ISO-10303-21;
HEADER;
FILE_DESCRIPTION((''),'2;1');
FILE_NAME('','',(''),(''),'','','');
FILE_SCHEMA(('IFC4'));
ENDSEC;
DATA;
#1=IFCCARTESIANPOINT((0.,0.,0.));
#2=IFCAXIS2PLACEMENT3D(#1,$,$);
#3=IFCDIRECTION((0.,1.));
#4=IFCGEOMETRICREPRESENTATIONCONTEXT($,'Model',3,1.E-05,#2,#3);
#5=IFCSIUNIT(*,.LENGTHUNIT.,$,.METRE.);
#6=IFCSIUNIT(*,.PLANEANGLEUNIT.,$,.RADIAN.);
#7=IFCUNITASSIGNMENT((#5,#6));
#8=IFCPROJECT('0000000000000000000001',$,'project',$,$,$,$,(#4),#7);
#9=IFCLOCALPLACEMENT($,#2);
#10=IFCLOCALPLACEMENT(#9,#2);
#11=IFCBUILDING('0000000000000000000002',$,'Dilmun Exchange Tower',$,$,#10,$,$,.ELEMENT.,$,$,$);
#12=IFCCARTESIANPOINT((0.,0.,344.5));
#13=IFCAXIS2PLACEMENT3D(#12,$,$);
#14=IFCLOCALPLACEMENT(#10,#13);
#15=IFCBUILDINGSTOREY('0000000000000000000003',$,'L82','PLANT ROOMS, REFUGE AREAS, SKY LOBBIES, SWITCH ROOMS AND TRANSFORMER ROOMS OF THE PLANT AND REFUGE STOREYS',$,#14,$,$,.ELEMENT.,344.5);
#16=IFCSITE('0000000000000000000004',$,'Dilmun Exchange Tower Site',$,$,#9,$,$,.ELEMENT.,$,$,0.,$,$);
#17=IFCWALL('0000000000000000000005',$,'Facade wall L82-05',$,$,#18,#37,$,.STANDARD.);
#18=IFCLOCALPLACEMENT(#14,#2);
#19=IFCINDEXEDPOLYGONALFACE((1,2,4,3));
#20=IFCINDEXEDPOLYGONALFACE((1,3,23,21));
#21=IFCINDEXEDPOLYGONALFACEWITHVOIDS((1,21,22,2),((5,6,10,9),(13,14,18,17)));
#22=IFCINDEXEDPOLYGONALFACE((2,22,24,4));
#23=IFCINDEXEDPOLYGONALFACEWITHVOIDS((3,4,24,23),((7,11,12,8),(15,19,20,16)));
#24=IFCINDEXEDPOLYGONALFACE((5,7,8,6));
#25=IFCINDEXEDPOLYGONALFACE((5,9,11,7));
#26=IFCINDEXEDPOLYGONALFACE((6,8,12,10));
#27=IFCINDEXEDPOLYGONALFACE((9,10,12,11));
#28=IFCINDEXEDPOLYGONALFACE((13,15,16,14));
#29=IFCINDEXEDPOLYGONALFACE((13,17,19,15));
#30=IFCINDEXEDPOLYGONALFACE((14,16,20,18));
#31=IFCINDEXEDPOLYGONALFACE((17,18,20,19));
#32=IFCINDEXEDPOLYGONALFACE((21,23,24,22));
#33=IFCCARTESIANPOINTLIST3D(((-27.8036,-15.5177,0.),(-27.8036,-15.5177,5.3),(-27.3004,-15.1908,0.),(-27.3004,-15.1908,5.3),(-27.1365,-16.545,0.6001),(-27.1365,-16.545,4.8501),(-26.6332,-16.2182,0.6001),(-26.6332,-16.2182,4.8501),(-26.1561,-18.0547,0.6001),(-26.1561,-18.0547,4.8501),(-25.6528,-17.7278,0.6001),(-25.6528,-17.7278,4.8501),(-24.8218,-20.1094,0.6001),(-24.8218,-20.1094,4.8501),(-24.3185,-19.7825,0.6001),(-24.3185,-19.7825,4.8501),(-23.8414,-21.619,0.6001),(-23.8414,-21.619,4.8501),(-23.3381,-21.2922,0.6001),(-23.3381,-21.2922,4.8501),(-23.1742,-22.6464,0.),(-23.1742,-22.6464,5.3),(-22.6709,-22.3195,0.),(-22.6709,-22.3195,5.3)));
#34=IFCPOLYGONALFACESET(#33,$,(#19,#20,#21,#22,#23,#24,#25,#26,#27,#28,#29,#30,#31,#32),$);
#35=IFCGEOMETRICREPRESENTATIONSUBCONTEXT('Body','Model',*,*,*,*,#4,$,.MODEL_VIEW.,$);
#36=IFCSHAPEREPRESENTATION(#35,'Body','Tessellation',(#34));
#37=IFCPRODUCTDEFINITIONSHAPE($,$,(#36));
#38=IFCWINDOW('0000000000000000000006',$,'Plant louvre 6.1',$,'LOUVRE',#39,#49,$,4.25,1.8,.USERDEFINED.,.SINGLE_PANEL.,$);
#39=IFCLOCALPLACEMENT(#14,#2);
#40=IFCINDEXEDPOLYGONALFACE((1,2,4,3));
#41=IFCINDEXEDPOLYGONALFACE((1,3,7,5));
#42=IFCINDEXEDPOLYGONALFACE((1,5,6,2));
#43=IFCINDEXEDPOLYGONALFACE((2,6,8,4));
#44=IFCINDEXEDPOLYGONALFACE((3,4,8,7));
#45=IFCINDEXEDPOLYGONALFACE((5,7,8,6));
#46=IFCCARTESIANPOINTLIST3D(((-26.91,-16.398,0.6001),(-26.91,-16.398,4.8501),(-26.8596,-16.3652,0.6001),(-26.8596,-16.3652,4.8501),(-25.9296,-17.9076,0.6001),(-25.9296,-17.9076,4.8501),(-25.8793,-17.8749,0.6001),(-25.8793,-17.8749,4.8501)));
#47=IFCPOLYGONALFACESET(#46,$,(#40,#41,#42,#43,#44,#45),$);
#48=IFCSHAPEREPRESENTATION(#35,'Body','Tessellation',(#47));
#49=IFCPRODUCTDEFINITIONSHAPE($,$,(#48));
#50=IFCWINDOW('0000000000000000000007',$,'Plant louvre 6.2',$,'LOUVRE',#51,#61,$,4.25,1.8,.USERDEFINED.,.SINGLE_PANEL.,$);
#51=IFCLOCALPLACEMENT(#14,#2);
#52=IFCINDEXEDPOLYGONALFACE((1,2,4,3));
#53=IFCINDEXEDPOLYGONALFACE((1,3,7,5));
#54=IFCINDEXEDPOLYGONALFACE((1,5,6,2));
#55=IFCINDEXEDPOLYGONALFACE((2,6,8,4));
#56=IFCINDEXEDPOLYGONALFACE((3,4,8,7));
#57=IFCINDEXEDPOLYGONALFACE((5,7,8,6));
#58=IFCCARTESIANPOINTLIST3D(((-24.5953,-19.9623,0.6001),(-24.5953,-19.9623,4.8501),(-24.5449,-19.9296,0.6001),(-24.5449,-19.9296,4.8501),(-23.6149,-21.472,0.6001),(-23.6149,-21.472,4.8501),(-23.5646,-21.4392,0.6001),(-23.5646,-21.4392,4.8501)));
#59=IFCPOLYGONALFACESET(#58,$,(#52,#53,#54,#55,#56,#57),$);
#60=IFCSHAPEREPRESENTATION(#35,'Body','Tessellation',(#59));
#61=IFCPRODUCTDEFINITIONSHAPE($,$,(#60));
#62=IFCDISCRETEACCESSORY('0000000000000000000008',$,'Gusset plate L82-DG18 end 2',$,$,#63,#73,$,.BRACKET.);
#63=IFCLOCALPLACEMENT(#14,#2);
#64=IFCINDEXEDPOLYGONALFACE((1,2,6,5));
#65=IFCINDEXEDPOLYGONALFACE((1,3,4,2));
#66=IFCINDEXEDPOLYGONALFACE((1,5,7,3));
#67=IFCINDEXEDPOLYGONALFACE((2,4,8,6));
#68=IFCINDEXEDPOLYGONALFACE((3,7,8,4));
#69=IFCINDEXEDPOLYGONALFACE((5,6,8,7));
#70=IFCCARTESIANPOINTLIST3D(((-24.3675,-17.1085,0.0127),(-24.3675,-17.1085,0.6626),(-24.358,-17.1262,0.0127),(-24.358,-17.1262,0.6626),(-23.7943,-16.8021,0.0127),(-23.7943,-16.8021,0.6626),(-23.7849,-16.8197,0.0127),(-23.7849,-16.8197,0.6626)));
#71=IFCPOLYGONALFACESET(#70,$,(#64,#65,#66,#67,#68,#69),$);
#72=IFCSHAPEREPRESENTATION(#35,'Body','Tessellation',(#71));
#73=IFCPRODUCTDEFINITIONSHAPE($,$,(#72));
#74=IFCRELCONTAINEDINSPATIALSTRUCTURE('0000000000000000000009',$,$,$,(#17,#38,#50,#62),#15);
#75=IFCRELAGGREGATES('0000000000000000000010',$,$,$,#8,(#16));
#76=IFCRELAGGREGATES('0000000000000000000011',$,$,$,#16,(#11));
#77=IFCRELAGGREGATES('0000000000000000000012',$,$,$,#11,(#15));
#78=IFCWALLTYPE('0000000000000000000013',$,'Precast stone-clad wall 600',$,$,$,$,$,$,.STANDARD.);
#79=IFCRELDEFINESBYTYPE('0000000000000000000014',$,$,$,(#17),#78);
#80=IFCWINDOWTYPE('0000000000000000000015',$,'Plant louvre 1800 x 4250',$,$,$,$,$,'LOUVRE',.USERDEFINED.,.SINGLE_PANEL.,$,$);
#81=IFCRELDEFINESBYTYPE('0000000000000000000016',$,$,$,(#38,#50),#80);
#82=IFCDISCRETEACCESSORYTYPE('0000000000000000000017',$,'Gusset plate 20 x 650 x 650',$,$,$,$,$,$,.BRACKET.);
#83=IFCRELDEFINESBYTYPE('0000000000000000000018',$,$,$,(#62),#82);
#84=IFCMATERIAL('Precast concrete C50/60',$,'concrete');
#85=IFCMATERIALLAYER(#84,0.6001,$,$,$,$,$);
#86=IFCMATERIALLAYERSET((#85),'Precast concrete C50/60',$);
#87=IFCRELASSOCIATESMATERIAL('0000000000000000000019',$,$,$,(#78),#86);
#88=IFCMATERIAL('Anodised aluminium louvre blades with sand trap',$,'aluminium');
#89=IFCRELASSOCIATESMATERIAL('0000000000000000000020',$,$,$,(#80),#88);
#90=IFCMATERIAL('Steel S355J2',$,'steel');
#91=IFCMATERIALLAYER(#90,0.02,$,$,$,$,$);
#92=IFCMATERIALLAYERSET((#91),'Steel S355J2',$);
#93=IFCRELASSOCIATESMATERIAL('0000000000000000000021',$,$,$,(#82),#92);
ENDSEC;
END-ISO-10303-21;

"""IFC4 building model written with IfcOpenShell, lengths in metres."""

from ifc_helpers import new_model, si_unit, direction, frame, frame_2d, origin, origin_2d, place, context, subcontext, project, spatial, rectangle, extrude, material, layer, layer_set, type_object, element, fill, save


model = new_model("IFC4")

# Units and contexts
model_context = context("Model", 3, precision=1e-05, world=origin(), true_north=direction((0.0, 1.0)))
body_context = subcontext(model_context, "Body", "Model", "MODEL_VIEW")
ifc_project = project(units=[si_unit("LENGTHUNIT", "METRE"), si_unit("PLANEANGLEUNIT", "RADIAN")], contexts=[model_context])

# Site, building, storey
site_placement = place(None, origin())
site = spatial("IfcSite", under=ifc_project, at=site_placement, Name="Dilmun Exchange Tower Site", CompositionType="ELEMENT", RefElevation=0.0)
building_placement = place(site_placement, origin())
building = spatial("IfcBuilding", under=site, at=building_placement, Name="Dilmun Exchange Tower", CompositionType="ELEMENT")
storey_placement = place(building_placement, frame((0.0, 0.0, 344.5)))
storey = spatial("IfcBuildingStorey", under=building, at=storey_placement, Name="L82", Description="PLANT ROOMS, REFUGE AREAS, SKY LOBBIES, SWITCH ROOMS AND TRANSFORMER ROOMS OF THE PLANT AND REFUGE STOREYS", CompositionType="ELEMENT", Elevation=344.5)

# Shared definitions
ifc_material_1 = material(Name="Precast concrete C50/60", Category="concrete")
ifc_layer_1 = layer(ifc_material_1, 0.6001)
ifc_layer_set_1 = layer_set([ifc_layer_1], Name="Precast concrete C50/60")
wall_type_1 = type_object("IfcWallType", Name="Precast stone-clad wall 600", PredefinedType="STANDARD", material=ifc_layer_set_1)
ifc_material_2 = material(Name="Anodised aluminium louvre blades with sand trap", Category="aluminium")
window_type_1 = type_object("IfcWindowType", Name="Plant louvre 1800 x 4250", ElementType="LOUVRE", PartitioningType="SINGLE_PANEL", PredefinedType="USERDEFINED", material=ifc_material_2)

# Wall, openings, windows
wall_1_placement = place(storey_placement, frame((-27.552, -15.3542, 0.0), z_axis=(0.0, 0.0, 1.0), x_axis=(0.544638, -0.838671, 0.0)))
wall_1 = element("IfcWall", 1, at=wall_1_placement, inside=storey, type_object=wall_type_1, Name="Facade wall L82-05", PredefinedType="STANDARD", context=body_context, shape_type="SweptSolid", body=[
    extrude(rectangle(XDim=8.5, YDim=0.6001, at=frame_2d((4.25, 0.0))), origin(), (0.0, 0.0, 1.0), 5.3),
])
opening_1_placement = place(wall_1_placement, frame((1.2251, 0.0, 0.6001)))
opening_1 = element("IfcOpeningElement", 2, at=opening_1_placement, cuts=wall_1, PredefinedType="OPENING", context=body_context, shape_type="SweptSolid", body=[
    extrude(rectangle(XDim=1.8, YDim=4.25, at=frame_2d((0.8999, 2.125))), frame((0.0, 0.3101, 0.0), z_axis=(0.0, -1.0, 0.0), x_axis=(1.0, 0.0, 0.0)), (0.0, 0.0, 1.0), 0.6201),
])
opening_2_placement = place(wall_1_placement, frame((5.4751, 0.0, 0.6001)))
opening_2 = element("IfcOpeningElement", 3, at=opening_2_placement, cuts=wall_1, PredefinedType="OPENING", context=body_context, shape_type="SweptSolid", body=[
    extrude(rectangle(XDim=1.8, YDim=4.25, at=frame_2d((0.8999, 2.125))), frame((0.0, 0.3101, 0.0), z_axis=(0.0, -1.0, 0.0), x_axis=(1.0, 0.0, 0.0)), (0.0, 0.0, 1.0), 0.6201),
])
window_1_placement = place(opening_1_placement, origin())
window_1 = element("IfcWindow", 4, at=window_1_placement, inside=storey, type_object=window_type_1, Name="Plant louvre 6.1", ObjectType="LOUVRE", OverallHeight=4.25, OverallWidth=1.8, PartitioningType="SINGLE_PANEL", PredefinedType="USERDEFINED", context=body_context, shape_type="SweptSolid", body=[
    extrude(rectangle(XDim=1.8, YDim=4.25, at=frame_2d((0.8999, 2.125))), frame((0.0, 0.03, 0.0), z_axis=(0.0, -1.0, 0.0), x_axis=(1.0, 0.0, 0.0)), (0.0, 0.0, 1.0), 0.0601),
])
fill(opening_1, window_1)
window_2_placement = place(opening_2_placement, origin())
window_2 = element("IfcWindow", 5, at=window_2_placement, inside=storey, type_object=window_type_1, Name="Plant louvre 6.2", ObjectType="LOUVRE", OverallHeight=4.25, OverallWidth=1.8, PartitioningType="SINGLE_PANEL", PredefinedType="USERDEFINED", context=body_context, shape_type="SweptSolid", body=[
    extrude(rectangle(XDim=1.8, YDim=4.25, at=frame_2d((0.8999, 2.125))), frame((0.0, 0.03, 0.0), z_axis=(0.0, -1.0, 0.0), x_axis=(1.0, 0.0, 0.0)), (0.0, 0.0, 1.0), 0.0601),
])
fill(opening_2, window_2)

# Discrete accessory
ifc_material_3 = material(Name="Steel S355J2", Category="steel")
ifc_layer_2 = layer(ifc_material_3, 0.02)
ifc_layer_set_2 = layer_set([ifc_layer_2], Name="Steel S355J2")
discrete_accessory_type = type_object("IfcDiscreteAccessoryType", Name="Gusset plate 20 x 650 x 650", PredefinedType="BRACKET", material=ifc_layer_set_2)
discrete_accessory_placement = place(storey_placement, frame((-24.0762, -16.9641, 0.0127), z_axis=(0.0, 0.0, 1.0), x_axis=(-0.881851, -0.471528, 0.0)))
element("IfcDiscreteAccessory", 6, at=discrete_accessory_placement, inside=storey, type_object=discrete_accessory_type, Name="Gusset plate L82-DG18 end 2", PredefinedType="BRACKET", context=body_context, shape_type="SweptSolid", body=[
    extrude(rectangle(XDim=0.6499, YDim=0.02, at=origin_2d()), origin(), (0.0, 0.0, 1.0), 0.6499),
])

save(model, "model.ifc")
